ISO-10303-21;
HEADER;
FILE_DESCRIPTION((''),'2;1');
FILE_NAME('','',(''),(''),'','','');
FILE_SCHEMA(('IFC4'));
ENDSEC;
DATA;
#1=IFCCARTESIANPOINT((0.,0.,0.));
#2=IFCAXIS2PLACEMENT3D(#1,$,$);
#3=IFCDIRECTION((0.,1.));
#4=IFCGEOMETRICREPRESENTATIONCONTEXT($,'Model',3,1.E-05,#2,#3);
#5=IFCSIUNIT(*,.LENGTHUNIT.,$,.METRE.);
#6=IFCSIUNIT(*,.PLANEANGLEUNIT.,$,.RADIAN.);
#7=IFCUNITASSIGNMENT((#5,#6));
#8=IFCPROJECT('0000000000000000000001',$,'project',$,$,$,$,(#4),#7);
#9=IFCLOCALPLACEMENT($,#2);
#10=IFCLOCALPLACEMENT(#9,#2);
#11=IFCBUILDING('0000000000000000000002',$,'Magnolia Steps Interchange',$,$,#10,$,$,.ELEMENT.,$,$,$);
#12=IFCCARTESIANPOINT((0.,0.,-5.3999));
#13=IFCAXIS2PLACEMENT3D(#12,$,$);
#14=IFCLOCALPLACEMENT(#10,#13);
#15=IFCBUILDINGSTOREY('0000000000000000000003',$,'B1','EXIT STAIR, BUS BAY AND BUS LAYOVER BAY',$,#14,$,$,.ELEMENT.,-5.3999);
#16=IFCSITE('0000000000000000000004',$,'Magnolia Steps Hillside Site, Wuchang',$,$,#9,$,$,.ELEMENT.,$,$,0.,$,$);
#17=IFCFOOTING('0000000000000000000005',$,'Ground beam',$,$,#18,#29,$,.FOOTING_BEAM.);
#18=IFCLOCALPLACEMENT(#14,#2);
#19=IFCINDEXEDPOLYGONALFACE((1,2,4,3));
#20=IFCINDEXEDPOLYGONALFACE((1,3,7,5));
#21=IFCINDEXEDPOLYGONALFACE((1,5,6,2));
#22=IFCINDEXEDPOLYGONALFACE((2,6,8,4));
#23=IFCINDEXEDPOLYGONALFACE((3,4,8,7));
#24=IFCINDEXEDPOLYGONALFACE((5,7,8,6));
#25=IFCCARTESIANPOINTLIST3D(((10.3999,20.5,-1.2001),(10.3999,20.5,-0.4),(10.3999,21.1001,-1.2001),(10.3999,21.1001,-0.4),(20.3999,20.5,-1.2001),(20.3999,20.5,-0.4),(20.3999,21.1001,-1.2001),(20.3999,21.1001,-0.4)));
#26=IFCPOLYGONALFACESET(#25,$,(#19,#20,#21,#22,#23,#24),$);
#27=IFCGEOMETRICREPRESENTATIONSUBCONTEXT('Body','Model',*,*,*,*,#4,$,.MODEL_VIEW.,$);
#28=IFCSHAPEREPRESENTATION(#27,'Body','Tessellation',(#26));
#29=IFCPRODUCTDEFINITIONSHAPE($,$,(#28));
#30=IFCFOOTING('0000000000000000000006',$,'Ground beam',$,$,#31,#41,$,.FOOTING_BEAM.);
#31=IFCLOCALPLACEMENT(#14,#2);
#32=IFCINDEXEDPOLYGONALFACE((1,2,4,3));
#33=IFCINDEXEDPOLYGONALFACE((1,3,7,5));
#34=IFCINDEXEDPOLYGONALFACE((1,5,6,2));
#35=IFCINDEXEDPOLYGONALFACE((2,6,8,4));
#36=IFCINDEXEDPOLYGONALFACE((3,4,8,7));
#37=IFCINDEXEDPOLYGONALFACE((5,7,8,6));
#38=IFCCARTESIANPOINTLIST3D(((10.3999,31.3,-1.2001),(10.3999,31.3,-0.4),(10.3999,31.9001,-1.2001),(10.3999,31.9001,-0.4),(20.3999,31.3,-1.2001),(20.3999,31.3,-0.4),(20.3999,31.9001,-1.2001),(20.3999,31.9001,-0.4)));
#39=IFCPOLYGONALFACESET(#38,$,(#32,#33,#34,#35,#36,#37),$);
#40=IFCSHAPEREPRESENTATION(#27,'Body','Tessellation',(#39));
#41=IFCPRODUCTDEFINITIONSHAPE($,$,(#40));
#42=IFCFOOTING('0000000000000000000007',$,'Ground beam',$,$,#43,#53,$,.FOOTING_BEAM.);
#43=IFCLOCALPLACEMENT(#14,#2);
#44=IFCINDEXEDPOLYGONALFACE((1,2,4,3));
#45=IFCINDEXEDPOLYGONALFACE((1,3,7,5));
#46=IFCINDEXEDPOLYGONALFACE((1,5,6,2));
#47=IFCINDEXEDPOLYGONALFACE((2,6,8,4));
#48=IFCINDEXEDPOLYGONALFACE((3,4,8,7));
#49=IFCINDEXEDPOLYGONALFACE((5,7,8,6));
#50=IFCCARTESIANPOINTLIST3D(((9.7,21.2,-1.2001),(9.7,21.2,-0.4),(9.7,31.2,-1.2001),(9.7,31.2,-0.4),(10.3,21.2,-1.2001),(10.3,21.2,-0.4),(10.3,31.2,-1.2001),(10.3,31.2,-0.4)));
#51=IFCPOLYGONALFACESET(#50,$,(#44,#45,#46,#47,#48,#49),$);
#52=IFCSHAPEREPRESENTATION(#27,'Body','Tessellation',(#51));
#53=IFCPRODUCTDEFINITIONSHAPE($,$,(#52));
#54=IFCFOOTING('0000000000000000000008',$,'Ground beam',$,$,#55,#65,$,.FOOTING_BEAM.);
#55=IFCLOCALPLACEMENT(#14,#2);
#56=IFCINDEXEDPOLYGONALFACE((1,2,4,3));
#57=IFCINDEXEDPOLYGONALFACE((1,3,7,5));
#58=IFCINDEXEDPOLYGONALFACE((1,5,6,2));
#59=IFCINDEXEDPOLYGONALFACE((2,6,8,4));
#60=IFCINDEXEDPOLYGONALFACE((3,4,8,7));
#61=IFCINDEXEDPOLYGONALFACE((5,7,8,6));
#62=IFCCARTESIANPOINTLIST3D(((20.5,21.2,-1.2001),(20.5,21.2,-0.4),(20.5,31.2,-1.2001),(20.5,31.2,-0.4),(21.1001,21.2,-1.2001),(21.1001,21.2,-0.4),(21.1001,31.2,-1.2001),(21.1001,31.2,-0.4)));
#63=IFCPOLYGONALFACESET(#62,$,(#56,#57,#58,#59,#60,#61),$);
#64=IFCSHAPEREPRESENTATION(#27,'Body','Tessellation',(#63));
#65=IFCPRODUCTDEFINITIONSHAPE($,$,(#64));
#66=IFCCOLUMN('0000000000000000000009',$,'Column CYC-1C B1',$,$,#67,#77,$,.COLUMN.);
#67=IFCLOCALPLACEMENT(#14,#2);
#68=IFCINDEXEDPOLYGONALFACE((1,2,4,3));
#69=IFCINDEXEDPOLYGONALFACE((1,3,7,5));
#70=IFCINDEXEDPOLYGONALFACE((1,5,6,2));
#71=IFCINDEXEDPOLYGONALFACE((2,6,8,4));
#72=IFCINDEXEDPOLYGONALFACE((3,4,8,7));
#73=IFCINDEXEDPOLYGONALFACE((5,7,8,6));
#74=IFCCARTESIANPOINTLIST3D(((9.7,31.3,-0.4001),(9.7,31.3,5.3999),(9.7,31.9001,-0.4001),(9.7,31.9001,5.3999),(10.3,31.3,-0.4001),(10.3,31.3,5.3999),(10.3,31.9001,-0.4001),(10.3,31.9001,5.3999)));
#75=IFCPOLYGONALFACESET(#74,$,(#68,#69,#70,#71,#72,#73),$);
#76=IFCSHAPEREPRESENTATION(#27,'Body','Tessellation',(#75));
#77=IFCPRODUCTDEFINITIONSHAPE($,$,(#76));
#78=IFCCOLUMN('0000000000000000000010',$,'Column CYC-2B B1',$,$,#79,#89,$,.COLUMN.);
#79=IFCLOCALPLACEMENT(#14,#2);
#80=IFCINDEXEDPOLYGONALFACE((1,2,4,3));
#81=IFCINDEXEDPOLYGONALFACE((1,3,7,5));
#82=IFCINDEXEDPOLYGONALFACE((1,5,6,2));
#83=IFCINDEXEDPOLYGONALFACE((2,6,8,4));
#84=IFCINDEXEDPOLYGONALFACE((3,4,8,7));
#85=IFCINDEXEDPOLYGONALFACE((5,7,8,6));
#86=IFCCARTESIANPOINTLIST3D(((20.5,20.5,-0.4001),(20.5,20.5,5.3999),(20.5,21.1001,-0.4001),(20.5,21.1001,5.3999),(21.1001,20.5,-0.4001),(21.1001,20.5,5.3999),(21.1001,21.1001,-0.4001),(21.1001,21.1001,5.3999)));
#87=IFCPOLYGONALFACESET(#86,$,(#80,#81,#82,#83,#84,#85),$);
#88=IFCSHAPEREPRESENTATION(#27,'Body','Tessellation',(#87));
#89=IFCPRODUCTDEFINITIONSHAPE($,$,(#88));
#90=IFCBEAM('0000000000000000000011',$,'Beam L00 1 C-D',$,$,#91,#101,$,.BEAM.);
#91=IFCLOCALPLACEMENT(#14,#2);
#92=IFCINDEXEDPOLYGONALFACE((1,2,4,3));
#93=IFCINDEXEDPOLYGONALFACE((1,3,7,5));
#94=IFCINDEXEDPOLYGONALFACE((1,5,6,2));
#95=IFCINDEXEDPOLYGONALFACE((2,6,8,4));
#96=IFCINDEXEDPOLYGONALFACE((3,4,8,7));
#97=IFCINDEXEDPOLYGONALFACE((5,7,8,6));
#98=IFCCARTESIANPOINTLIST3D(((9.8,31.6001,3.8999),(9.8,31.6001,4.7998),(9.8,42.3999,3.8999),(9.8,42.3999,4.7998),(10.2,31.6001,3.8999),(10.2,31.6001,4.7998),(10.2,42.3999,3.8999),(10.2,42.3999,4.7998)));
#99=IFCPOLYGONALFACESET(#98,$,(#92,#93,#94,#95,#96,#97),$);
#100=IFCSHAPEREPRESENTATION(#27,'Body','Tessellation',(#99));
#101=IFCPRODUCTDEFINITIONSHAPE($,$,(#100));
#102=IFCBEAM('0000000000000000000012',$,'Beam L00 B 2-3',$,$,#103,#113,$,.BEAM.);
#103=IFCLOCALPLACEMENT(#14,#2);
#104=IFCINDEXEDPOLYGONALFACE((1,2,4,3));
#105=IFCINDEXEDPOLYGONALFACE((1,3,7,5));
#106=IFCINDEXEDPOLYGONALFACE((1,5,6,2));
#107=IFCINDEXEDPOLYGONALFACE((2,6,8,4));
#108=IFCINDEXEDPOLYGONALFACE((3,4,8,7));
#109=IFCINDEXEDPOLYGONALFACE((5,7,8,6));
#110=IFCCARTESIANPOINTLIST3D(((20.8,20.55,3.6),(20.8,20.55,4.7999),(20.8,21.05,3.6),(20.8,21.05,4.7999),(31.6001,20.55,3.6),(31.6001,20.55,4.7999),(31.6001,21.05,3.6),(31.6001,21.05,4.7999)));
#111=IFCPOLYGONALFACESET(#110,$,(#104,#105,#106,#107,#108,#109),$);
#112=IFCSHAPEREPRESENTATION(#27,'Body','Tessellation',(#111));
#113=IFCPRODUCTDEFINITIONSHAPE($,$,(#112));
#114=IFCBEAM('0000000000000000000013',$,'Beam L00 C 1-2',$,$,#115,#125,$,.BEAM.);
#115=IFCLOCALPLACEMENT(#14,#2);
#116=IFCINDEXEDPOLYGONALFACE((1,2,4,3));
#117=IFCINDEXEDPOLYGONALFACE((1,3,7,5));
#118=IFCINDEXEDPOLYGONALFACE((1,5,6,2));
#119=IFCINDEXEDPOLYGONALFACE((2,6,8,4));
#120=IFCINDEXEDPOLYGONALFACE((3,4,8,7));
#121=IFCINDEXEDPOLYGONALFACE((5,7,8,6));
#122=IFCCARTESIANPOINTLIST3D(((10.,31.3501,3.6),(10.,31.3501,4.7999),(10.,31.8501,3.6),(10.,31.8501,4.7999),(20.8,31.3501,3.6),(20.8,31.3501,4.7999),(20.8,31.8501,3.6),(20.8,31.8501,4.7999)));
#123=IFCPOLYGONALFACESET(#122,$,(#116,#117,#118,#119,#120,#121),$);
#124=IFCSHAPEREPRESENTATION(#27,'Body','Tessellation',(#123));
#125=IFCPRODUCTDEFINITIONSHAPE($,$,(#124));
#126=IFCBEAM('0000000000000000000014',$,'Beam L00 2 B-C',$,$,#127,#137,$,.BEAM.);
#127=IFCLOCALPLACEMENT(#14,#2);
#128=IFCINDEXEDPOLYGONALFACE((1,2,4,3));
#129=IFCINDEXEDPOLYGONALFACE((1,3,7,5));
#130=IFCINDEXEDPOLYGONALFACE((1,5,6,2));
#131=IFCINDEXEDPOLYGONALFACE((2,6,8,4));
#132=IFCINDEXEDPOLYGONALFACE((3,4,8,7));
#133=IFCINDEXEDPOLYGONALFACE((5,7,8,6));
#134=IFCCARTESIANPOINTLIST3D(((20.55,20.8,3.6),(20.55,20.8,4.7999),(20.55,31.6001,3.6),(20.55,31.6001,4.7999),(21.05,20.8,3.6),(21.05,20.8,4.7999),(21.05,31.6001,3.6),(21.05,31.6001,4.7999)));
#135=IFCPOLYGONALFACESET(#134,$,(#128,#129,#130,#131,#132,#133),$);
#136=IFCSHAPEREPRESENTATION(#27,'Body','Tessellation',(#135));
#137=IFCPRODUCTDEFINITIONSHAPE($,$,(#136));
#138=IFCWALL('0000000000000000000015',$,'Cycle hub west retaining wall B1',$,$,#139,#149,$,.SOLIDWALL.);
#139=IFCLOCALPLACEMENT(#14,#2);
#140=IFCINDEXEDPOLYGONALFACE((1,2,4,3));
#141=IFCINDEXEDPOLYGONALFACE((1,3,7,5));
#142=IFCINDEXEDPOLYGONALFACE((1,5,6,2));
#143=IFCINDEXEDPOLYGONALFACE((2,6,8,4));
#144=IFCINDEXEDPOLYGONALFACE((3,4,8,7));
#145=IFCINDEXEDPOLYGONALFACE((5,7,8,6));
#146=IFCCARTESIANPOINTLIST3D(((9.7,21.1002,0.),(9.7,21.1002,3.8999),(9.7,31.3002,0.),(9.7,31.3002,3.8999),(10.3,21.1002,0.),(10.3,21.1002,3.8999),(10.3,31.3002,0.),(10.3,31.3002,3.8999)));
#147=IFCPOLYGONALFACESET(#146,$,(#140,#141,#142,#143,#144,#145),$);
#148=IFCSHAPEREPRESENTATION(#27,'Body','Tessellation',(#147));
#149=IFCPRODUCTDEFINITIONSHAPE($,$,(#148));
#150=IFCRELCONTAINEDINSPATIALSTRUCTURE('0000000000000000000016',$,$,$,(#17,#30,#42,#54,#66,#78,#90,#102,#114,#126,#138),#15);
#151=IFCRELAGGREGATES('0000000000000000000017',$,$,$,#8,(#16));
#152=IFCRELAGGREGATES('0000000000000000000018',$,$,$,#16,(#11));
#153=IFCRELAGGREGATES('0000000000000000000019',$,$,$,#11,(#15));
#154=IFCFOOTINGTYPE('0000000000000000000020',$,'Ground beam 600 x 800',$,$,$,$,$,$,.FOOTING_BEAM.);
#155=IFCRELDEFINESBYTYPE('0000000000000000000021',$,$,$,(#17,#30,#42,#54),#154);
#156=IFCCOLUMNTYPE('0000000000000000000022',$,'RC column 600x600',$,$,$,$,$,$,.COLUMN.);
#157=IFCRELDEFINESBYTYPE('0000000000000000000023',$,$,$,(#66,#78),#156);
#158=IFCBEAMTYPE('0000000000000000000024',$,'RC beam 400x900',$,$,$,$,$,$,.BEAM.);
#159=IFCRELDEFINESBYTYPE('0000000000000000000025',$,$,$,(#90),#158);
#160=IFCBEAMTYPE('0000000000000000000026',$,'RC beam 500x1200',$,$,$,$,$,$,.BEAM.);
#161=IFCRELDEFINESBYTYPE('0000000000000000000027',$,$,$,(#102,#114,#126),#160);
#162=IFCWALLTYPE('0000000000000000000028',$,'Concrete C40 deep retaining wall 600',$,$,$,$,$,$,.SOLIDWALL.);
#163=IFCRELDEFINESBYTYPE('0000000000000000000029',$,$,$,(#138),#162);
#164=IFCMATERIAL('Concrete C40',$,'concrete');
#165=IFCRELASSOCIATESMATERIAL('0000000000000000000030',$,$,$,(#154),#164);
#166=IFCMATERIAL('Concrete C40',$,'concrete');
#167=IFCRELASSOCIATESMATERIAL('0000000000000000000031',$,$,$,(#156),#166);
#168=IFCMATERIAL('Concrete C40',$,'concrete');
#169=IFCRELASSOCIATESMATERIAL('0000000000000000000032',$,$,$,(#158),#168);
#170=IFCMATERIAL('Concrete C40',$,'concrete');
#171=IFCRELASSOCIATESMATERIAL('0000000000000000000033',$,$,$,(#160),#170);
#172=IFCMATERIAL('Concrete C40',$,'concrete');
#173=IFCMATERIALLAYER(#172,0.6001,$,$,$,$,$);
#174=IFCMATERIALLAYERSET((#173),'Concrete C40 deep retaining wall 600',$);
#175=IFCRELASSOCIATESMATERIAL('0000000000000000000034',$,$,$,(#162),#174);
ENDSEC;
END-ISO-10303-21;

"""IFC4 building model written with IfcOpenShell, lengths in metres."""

from ifc_helpers import new_model, si_unit, direction, frame, frame_2d, origin, origin_2d, place, context, subcontext, project, spatial, rectangle, extrude, material, layer, layer_set, material_profile, profile_set, type_object, element, save


model = new_model("IFC4")

# Units and contexts
model_context = context("Model", 3, precision=1e-05, world=origin(), true_north=direction((0.0, 1.0)))
body_context = subcontext(model_context, "Body", "Model", "MODEL_VIEW")
ifc_project = project(units=[si_unit("LENGTHUNIT", "METRE"), si_unit("PLANEANGLEUNIT", "RADIAN")], contexts=[model_context])

# Site, building, storey
site_placement = place(None, origin())
site = spatial("IfcSite", under=ifc_project, at=site_placement, Name="Magnolia Steps Hillside Site, Wuchang", CompositionType="ELEMENT", RefElevation=0.0)
building_placement = place(site_placement, origin())
building = spatial("IfcBuilding", under=site, at=building_placement, Name="Magnolia Steps Interchange", CompositionType="ELEMENT")
storey_placement = place(building_placement, frame((0.0, 0.0, -5.3999)))
storey = spatial("IfcBuildingStorey", under=building, at=storey_placement, Name="B1", Description="EXIT STAIR, BUS BAY AND BUS LAYOVER BAY", CompositionType="ELEMENT", Elevation=-5.3999)

# Footings
ifc_material_1 = material(Name="Concrete C40", Category="concrete")
ifc_material_profile_1 = material_profile(ifc_material_1, rectangle(XDim=0.6001, YDim=0.8, at=origin_2d()), Name="RC600x800")
ifc_profile_set_1 = profile_set([ifc_material_profile_1], Name="Concrete C40")
footing_type = type_object("IfcFootingType", Name="Ground beam 600 x 800", PredefinedType="FOOTING_BEAM", material=ifc_profile_set_1)
for number, where, z_axis, x_axis, name in (
    (1, (10.3999, 20.8, -0.8), (1.0, 0.0, 0.0), (0.0, 1.0, 0.0), "Ground beam"),
    (2, (10.3999, 31.6001, -0.8), (1.0, 0.0, 0.0), (0.0, 1.0, 0.0), "Ground beam"),
    (3, (10.0, 21.2, -0.8), (0.0, 1.0, 0.0), (-1.0, 0.0, 0.0), "Ground beam"),
    (4, (20.8, 21.2, -0.8), (0.0, 1.0, 0.0), (-1.0, 0.0, 0.0), "Ground beam"),
):
    element("IfcFooting", number, at=place(storey_placement, frame(where, z_axis=z_axis, x_axis=x_axis)), inside=storey, type_object=footing_type, Name=name, PredefinedType="FOOTING_BEAM", context=body_context, shape_type="SweptSolid", body=[
        extrude(rectangle(XDim=0.6001, YDim=0.8, at=origin_2d()), origin(), (0.0, 0.0, 1.0), 10.0),
    ])

# Columns
ifc_material_2 = material(Name="Concrete C40", Category="concrete")
ifc_material_profile_2 = material_profile(ifc_material_2, rectangle(XDim=0.6001, YDim=0.6001, at=origin_2d()), Name="RC600x600")
ifc_profile_set_2 = profile_set([ifc_material_profile_2], Name="Concrete C40")
column_type = type_object("IfcColumnType", Name="RC column 600x600", PredefinedType="COLUMN", material=ifc_profile_set_2)
for number, where, z_axis, x_axis, name in (
    (5, (10.0, 31.6001, -0.4001), (0.0, 0.0, 1.0), (1.0, 0.0, 0.0), "Column CYC-1C B1"),
    (6, (20.8, 20.8, -0.4001), (0.0, 0.0, 1.0), (1.0, 0.0, 0.0), "Column CYC-2B B1"),
):
    element("IfcColumn", number, at=place(storey_placement, frame(where, z_axis=z_axis, x_axis=x_axis)), inside=storey, type_object=column_type, Name=name, PredefinedType="COLUMN", context=body_context, shape_type="SweptSolid", body=[
        extrude(rectangle(XDim=0.6001, YDim=0.6001, at=origin_2d()), origin(), (0.0, 0.0, 1.0), 5.8),
    ])

# Beams
ifc_material_3 = material(Name="Concrete C40", Category="concrete")
ifc_material_profile_3 = material_profile(ifc_material_3, rectangle(XDim=0.3999, YDim=0.8999, at=origin_2d()), Name="RC400x900")
ifc_profile_set_3 = profile_set([ifc_material_profile_3], Name="Concrete C40")
beam_type_1 = type_object("IfcBeamType", Name="RC beam 400x900", PredefinedType="BEAM", material=ifc_profile_set_3)
beam_placement = place(storey_placement, frame((10.0, 31.6001, 4.3499), z_axis=(0.0, 1.0, 0.0), x_axis=(-1.0, 0.0, 0.0)))
element("IfcBeam", 7, at=beam_placement, inside=storey, type_object=beam_type_1, Name="Beam L00 1 C-D", PredefinedType="BEAM", context=body_context, shape_type="SweptSolid", body=[
    extrude(rectangle(XDim=0.3999, YDim=0.8999, at=origin_2d()), origin(), (0.0, 0.0, 1.0), 10.7998),
])
ifc_material_4 = material(Name="Concrete C40", Category="concrete")
ifc_material_profile_4 = material_profile(ifc_material_4, rectangle(XDim=0.5, YDim=1.2, at=origin_2d()), Name="RC500x1200")
ifc_profile_set_4 = profile_set([ifc_material_profile_4], Name="Concrete C40")
beam_type_2 = type_object("IfcBeamType", Name="RC beam 500x1200", PredefinedType="BEAM", material=ifc_profile_set_4)
for number, where, z_axis, x_axis, name in (
    (8, (20.8, 20.8, 4.2), (1.0, 0.0, 0.0), (0.0, 1.0, 0.0), "Beam L00 B 2-3"),
    (9, (10.0, 31.6001, 4.2), (1.0, 0.0, 0.0), (0.0, 1.0, 0.0), "Beam L00 C 1-2"),
    (10, (20.8, 20.8, 4.2), (0.0, 1.0, 0.0), (-1.0, 0.0, 0.0), "Beam L00 2 B-C"),
):
    element("IfcBeam", number, at=place(storey_placement, frame(where, z_axis=z_axis, x_axis=x_axis)), inside=storey, type_object=beam_type_2, Name=name, PredefinedType="BEAM", context=body_context, shape_type="SweptSolid", body=[
        extrude(rectangle(XDim=0.5, YDim=1.2, at=origin_2d()), origin(), (0.0, 0.0, 1.0), 10.8),
    ])

# Wall
ifc_material_5 = material(Name="Concrete C40", Category="concrete")
ifc_layer_1 = layer(ifc_material_5, 0.6001)
ifc_layer_set_1 = layer_set([ifc_layer_1], Name="Concrete C40 deep retaining wall 600")
wall_type_1 = type_object("IfcWallType", Name="Concrete C40 deep retaining wall 600", PredefinedType="SOLIDWALL", material=ifc_layer_set_1)
wall_1_placement = place(storey_placement, frame((10.0, 21.1001, 0.0), z_axis=(0.0, 0.0, 1.0), x_axis=(0.0, 1.0, 0.0)))
element("IfcWall", 11, at=wall_1_placement, inside=storey, type_object=wall_type_1, Name="Cycle hub west retaining wall B1", PredefinedType="SOLIDWALL", context=body_context, shape_type="SweptSolid", body=[
    extrude(rectangle(XDim=10.2, YDim=0.6001, at=frame_2d((5.1001, 0.0))), origin(), (0.0, 0.0, 1.0), 3.8999),
])

save(model, "model.ifc")
